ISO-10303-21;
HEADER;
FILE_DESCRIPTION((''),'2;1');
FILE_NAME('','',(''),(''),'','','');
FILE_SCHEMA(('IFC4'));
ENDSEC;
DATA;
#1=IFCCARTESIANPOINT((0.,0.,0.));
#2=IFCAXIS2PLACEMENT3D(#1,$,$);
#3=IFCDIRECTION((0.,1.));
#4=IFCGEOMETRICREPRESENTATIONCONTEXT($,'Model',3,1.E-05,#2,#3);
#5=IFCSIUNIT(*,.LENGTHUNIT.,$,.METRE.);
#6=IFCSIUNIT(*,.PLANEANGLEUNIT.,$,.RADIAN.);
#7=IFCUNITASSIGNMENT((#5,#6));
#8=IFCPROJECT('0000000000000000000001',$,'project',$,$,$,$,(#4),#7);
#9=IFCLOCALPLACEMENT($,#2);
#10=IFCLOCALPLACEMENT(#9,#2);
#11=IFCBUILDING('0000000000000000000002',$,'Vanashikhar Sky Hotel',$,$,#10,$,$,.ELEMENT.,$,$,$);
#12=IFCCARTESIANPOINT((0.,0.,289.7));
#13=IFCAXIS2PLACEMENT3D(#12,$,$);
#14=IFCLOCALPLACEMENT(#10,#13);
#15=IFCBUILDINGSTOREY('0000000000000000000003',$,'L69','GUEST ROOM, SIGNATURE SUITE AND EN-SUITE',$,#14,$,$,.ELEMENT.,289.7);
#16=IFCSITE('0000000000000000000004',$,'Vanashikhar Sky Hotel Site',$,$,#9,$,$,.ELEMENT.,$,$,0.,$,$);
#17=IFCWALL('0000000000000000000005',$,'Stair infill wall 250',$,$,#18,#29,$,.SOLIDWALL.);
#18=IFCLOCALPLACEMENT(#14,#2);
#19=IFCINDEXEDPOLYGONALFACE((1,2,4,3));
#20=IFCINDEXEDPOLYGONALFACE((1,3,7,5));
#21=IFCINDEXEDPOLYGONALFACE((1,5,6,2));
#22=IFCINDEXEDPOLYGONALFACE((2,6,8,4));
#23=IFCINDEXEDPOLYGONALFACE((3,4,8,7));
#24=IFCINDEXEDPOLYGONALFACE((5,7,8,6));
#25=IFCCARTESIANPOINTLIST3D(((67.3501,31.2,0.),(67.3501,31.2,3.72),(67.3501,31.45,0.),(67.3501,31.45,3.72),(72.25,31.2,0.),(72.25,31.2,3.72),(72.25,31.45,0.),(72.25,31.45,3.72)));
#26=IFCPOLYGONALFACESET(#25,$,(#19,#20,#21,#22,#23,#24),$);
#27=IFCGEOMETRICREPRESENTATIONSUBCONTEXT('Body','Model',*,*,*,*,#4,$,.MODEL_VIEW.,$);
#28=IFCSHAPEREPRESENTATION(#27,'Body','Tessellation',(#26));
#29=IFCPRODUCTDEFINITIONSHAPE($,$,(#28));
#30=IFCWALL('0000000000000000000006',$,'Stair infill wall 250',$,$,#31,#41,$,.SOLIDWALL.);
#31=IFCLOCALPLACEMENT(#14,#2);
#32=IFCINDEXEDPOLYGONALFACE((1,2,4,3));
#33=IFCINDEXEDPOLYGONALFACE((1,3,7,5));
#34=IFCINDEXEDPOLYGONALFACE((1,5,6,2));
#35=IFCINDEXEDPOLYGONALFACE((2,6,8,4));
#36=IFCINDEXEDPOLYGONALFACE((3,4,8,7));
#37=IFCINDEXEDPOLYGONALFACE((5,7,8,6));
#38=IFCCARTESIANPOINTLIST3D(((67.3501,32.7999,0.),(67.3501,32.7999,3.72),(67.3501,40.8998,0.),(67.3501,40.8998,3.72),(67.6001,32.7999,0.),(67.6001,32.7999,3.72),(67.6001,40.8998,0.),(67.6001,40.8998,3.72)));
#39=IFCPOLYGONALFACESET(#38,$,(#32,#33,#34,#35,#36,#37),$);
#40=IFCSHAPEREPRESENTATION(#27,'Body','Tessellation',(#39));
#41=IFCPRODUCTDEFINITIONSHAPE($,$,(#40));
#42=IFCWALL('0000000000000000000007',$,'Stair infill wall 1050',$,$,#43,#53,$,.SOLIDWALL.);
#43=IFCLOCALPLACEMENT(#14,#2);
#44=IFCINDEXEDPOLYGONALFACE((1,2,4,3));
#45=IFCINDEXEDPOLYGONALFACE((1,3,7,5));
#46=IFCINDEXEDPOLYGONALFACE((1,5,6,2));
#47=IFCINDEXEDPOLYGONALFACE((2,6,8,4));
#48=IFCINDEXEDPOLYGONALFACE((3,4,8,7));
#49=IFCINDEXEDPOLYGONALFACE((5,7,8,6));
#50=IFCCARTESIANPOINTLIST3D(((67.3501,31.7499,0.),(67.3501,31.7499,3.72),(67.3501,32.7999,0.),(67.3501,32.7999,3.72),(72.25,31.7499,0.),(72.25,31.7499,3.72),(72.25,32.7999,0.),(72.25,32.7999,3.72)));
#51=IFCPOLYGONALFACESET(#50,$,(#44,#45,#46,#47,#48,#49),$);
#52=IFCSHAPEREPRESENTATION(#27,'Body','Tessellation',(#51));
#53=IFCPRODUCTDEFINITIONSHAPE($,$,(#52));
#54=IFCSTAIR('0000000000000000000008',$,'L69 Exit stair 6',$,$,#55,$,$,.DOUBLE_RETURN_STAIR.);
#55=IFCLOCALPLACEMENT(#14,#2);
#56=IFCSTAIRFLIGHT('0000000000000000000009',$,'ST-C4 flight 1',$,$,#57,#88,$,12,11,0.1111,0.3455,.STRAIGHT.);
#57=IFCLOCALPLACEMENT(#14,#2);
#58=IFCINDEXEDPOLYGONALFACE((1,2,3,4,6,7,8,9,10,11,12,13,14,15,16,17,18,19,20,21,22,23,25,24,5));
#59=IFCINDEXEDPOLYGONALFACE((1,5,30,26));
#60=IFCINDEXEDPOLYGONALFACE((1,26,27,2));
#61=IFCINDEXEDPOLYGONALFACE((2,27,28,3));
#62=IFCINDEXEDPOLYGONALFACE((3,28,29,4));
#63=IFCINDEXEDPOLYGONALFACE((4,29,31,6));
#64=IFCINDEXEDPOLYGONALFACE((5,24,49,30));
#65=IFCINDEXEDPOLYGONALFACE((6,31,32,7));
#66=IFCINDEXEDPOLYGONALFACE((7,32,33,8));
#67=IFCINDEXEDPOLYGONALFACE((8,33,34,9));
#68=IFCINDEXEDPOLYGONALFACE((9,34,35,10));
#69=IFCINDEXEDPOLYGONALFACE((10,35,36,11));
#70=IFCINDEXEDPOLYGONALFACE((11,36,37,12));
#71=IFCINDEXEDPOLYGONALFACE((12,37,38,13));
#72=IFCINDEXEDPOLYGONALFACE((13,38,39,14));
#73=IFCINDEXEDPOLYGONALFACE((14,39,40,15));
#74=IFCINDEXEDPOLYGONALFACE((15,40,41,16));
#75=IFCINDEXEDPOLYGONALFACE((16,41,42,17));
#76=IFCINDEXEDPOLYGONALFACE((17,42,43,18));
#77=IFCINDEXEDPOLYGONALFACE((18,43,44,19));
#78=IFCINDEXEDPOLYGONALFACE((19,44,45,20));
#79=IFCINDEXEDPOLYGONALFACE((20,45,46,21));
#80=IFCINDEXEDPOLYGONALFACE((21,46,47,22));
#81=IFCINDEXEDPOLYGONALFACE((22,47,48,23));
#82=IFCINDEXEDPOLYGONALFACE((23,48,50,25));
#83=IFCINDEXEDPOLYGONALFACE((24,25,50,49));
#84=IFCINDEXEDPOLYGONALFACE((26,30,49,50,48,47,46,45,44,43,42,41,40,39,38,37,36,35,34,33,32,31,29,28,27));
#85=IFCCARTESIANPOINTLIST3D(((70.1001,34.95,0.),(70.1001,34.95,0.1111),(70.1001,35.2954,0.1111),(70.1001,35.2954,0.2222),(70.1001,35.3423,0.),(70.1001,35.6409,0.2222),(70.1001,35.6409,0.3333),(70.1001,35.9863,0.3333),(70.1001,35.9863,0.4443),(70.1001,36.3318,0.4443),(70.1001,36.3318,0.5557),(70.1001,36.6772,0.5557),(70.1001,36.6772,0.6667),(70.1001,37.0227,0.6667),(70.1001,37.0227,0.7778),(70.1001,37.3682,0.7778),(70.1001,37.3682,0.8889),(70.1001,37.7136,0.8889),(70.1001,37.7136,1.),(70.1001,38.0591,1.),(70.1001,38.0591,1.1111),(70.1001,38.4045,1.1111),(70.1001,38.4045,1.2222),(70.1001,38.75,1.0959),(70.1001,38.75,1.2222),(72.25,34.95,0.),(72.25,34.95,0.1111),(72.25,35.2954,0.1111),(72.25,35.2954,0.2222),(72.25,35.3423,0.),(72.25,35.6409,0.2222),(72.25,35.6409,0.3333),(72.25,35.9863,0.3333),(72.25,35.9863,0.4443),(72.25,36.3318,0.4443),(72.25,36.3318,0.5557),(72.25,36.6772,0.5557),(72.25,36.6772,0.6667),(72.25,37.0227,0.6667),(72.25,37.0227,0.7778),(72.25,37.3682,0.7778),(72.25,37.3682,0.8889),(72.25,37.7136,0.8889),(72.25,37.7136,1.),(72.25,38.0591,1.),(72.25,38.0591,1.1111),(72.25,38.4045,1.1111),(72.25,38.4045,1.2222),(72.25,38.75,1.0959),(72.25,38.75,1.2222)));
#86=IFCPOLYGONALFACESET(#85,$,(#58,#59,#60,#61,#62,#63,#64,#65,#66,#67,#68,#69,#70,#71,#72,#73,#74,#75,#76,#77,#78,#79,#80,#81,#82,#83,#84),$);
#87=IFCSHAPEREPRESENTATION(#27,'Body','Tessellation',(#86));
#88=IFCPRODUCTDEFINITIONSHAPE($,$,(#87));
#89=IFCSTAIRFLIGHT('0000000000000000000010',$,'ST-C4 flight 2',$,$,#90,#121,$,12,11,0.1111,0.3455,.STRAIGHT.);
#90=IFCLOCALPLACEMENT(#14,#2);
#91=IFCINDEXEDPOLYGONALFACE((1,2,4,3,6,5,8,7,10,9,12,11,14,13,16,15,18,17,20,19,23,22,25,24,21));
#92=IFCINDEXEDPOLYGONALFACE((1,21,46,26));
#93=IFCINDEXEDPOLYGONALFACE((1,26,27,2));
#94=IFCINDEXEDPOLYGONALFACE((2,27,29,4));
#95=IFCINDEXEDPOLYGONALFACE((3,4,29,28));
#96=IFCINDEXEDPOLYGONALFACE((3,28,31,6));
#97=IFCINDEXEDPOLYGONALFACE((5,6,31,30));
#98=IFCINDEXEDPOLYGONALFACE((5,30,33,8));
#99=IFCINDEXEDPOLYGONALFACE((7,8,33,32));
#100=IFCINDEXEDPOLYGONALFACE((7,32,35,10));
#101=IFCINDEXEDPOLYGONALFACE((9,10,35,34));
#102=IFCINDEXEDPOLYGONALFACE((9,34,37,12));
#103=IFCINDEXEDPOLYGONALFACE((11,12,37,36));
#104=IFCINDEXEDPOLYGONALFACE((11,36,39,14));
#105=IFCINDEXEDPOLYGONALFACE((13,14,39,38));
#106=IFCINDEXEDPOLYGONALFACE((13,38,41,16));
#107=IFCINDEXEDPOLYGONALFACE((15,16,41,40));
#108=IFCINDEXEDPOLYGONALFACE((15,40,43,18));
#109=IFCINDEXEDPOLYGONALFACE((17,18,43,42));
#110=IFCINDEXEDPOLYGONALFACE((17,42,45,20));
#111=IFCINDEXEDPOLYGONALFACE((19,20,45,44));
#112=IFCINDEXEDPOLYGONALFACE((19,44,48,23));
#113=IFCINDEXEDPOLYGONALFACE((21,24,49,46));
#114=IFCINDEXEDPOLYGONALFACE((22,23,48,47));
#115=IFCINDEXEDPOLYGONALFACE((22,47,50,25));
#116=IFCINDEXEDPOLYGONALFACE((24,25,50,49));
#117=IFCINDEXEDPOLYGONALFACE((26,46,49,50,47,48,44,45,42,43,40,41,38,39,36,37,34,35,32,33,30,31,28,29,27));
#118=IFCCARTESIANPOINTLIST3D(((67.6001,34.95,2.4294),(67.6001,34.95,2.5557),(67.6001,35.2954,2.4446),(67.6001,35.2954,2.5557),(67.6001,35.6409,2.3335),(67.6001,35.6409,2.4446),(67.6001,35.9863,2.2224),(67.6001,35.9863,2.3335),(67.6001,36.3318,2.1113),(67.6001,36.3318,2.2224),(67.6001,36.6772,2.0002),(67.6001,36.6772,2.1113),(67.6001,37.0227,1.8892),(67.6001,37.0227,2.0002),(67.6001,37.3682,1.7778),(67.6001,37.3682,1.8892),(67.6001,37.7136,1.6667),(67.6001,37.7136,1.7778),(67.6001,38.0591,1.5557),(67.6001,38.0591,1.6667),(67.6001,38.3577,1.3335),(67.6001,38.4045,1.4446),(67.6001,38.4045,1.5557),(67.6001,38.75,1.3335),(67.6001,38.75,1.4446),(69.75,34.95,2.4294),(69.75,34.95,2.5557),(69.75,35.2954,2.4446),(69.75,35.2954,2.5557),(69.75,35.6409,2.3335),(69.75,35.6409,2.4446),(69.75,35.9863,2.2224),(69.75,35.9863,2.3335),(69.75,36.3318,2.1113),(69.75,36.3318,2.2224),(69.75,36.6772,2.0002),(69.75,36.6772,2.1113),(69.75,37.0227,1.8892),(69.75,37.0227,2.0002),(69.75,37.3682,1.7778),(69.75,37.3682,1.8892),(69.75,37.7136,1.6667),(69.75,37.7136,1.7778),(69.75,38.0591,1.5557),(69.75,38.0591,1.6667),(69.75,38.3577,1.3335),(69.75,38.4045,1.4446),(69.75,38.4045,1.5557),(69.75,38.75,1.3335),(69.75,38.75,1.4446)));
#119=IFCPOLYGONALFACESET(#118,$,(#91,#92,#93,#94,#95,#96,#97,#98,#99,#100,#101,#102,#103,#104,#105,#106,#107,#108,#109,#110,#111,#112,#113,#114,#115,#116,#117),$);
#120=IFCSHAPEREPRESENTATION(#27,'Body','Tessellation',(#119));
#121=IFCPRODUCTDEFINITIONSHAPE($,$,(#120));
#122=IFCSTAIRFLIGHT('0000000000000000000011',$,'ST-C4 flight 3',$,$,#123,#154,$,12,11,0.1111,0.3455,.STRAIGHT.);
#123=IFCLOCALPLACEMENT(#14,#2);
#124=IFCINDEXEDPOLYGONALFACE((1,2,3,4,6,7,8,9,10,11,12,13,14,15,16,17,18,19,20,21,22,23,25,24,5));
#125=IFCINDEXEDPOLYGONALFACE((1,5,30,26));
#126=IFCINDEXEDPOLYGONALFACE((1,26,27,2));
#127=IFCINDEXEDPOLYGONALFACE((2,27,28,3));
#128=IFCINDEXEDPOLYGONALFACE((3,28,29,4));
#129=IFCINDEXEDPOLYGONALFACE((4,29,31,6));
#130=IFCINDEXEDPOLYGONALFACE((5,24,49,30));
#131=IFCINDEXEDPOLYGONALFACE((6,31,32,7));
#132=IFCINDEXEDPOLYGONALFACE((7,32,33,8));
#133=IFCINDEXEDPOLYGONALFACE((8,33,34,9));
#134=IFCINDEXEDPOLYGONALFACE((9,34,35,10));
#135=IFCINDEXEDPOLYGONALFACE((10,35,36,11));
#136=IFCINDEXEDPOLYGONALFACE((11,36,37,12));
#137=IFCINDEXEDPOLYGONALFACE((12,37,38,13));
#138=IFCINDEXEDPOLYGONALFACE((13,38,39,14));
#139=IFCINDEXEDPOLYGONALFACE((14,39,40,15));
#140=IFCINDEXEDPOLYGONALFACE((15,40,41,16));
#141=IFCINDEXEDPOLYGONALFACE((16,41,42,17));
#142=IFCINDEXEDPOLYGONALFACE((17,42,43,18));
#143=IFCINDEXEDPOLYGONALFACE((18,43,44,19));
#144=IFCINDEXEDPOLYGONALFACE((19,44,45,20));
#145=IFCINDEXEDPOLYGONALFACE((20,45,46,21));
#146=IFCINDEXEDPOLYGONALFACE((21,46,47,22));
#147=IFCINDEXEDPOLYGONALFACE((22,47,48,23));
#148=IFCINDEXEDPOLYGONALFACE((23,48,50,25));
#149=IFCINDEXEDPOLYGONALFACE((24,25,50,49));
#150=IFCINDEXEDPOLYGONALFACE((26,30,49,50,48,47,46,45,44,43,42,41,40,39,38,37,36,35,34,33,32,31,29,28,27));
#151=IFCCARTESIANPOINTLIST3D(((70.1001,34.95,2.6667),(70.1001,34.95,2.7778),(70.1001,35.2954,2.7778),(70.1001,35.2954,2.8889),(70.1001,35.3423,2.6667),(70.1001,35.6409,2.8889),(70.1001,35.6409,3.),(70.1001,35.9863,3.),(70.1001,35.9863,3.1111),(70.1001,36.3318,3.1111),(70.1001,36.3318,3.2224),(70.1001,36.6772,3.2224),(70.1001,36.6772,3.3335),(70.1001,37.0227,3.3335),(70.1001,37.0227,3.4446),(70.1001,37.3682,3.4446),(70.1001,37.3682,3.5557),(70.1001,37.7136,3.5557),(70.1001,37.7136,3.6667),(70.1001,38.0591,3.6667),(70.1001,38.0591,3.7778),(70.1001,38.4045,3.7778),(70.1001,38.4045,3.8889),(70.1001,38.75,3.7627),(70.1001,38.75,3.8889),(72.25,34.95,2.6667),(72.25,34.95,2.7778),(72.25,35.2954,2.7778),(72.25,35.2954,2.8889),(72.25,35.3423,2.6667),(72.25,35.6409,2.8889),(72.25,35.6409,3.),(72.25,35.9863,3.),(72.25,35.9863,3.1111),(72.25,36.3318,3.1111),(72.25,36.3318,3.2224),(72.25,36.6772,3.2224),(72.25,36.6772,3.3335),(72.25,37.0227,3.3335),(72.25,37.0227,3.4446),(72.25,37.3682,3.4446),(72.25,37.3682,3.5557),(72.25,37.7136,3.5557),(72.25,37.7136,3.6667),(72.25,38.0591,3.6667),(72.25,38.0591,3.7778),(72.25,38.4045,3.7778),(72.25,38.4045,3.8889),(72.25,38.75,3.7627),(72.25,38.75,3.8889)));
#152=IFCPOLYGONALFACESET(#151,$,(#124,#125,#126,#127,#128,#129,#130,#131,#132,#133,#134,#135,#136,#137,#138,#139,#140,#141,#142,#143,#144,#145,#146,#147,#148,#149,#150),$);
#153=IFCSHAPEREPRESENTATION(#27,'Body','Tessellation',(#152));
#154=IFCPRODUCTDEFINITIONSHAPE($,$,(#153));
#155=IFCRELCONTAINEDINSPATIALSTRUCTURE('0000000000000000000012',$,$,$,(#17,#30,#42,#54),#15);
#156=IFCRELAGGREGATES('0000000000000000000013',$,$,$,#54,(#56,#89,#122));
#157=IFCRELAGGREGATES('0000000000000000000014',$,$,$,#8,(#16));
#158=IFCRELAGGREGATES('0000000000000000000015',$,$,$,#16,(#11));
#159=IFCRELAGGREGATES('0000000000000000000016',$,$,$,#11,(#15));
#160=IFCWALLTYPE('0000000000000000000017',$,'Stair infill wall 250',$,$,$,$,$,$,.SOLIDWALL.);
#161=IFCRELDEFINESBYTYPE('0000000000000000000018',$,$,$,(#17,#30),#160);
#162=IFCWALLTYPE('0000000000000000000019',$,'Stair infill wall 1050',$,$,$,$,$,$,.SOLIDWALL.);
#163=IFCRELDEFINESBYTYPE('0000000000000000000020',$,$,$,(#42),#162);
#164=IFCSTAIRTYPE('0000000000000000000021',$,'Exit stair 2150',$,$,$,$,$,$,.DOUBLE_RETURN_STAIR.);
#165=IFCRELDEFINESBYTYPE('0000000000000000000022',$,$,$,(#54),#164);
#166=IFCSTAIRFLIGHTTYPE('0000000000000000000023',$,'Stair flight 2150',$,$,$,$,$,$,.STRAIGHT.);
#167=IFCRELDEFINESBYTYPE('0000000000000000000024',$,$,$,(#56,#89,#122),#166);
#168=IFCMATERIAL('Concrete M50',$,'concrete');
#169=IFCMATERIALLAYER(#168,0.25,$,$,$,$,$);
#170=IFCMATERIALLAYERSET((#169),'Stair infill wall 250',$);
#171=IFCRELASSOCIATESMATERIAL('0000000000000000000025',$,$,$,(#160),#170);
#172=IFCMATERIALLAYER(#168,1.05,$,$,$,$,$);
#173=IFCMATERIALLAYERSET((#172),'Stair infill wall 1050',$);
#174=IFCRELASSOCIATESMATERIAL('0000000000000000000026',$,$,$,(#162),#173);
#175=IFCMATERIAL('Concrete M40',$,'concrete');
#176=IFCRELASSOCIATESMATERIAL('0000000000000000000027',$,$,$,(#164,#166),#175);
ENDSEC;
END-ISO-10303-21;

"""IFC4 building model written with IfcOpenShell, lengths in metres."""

from ifc_helpers import new_model, si_unit, direction, frame, frame_2d, origin, place, context, subcontext, project, spatial, polyline, rectangle, outline, extrude, source, transform, mapped, material, layer, layer_set, type_object, element, aggregate, save


model = new_model("IFC4")

# Units and contexts
model_context = context("Model", 3, precision=1e-05, world=origin(), true_north=direction((0.0, 1.0)))
body_context = subcontext(model_context, "Body", "Model", "MODEL_VIEW")
ifc_project = project(units=[si_unit("LENGTHUNIT", "METRE"), si_unit("PLANEANGLEUNIT", "RADIAN")], contexts=[model_context])

# Site, building, storey
site_placement = place(None, origin())
site = spatial("IfcSite", under=ifc_project, at=site_placement, Name="Vanashikhar Sky Hotel Site", CompositionType="ELEMENT", RefElevation=0.0)
building_placement = place(site_placement, origin())
building = spatial("IfcBuilding", under=site, at=building_placement, Name="Vanashikhar Sky Hotel", CompositionType="ELEMENT")
storey_placement = place(building_placement, frame((0.0, 0.0, 289.7)))
storey = spatial("IfcBuildingStorey", under=building, at=storey_placement, Name="L69", Description="GUEST ROOM, SIGNATURE SUITE AND EN-SUITE", CompositionType="ELEMENT", Elevation=289.7)

# Shared definitions
ifc_material_1 = material(Name="Concrete M50", Category="concrete")

# Shared definitions
ifc_material_2 = material(Name="Concrete M40", Category="concrete")

# Walls
ifc_layer_1 = layer(ifc_material_1, 0.25)
ifc_layer_set_1 = layer_set([ifc_layer_1], Name="Stair infill wall 250")
wall_type_1 = type_object("IfcWallType", Name="Stair infill wall 250", PredefinedType="SOLIDWALL", material=ifc_layer_set_1)
shared_shape_1 = source(origin(), body_context, "Body", "SweptSolid", [
    extrude(rectangle(XDim=4.8999, YDim=0.25, at=frame_2d((2.45, 0.0))), origin(), (0.0, 0.0, 1.0), 3.72),
])
wall_1_placement = place(storey_placement, frame((67.3501, 31.325, 0.0), z_axis=(0.0, 0.0, 1.0), x_axis=(1.0, 0.0, 0.0)))
element("IfcWall", 1, at=wall_1_placement, inside=storey, type_object=wall_type_1, Name="Stair infill wall 250", PredefinedType="SOLIDWALL", context=body_context, shape_type="MappedRepresentation", body=[
    mapped(shared_shape_1, transform((0.0, 0.0, 0.0), scale=1.0)),
])
shared_shape_2 = source(origin(), body_context, "Body", "SweptSolid", [
    extrude(rectangle(XDim=8.0999, YDim=0.25, at=frame_2d((4.0498, 0.0))), origin(), (0.0, 0.0, 1.0), 3.72),
])
wall_2_placement = place(storey_placement, frame((67.4751, 32.8, 0.0), z_axis=(0.0, 0.0, 1.0), x_axis=(0.0, 1.0, 0.0)))
element("IfcWall", 2, at=wall_2_placement, inside=storey, type_object=wall_type_1, Name="Stair infill wall 250", PredefinedType="SOLIDWALL", context=body_context, shape_type="MappedRepresentation", body=[
    mapped(shared_shape_2, transform((0.0, 0.0, 0.0), scale=1.0)),
])
ifc_layer_2 = layer(ifc_material_1, 1.05)
ifc_layer_set_2 = layer_set([ifc_layer_2], Name="Stair infill wall 1050")
wall_type_2 = type_object("IfcWallType", Name="Stair infill wall 1050", PredefinedType="SOLIDWALL", material=ifc_layer_set_2)
shared_shape_3 = source(origin(), body_context, "Body", "SweptSolid", [
    extrude(rectangle(XDim=4.8999, YDim=1.05, at=frame_2d((2.45, 0.0))), origin(), (0.0, 0.0, 1.0), 3.72),
])
wall_3_placement = place(storey_placement, frame((67.3501, 32.2749, 0.0), z_axis=(0.0, 0.0, 1.0), x_axis=(1.0, 0.0, 0.0)))
element("IfcWall", 3, at=wall_3_placement, inside=storey, type_object=wall_type_2, Name="Stair infill wall 1050", PredefinedType="SOLIDWALL", context=body_context, shape_type="MappedRepresentation", body=[
    mapped(shared_shape_3, transform((0.0, 0.0, 0.0), scale=1.0)),
])

# Stair, stair flights
stair_type = type_object("IfcStairType", Name="Exit stair 2150", PredefinedType="DOUBLE_RETURN_STAIR", material=ifc_material_2)
stair_placement = place(storey_placement, origin())
stair = element("IfcStair", 4, at=stair_placement, inside=storey, type_object=stair_type, Name="L69 Exit stair 6", PredefinedType="DOUBLE_RETURN_STAIR")
stair_flight_type = type_object("IfcStairFlightType", Name="Stair flight 2150", PredefinedType="STRAIGHT", material=ifc_material_2)
shared_shape_4 = source(origin(), body_context, "Body", "SweptSolid", [
    extrude(outline(polyline([(0.0, 0.0), (0.0, 0.1111), (0.3455, 0.1111), (0.3455, 0.2222), (0.6909, 0.2222), (0.6909, 0.3333), (1.0364, 0.3333), (1.0364, 0.4443), (1.3818, 0.4443), (1.3818, 0.5557), (1.7273, 0.5557), (1.7273, 0.6667), (2.0728, 0.6667), (2.0728, 0.7778), (2.4182, 0.7778), (2.4182, 0.8889), (2.7637, 0.8889), (2.7637, 1.0), (3.1091, 1.0), (3.1091, 1.1111), (3.4546, 1.1111), (3.4546, 1.2222), (3.8, 1.2222), (3.8, 1.3333), (3.8, 1.0959), (0.3923, 0.0), (0.0, 0.0)])), frame((0.0, 1.075, 0.0), z_axis=(0.0, -1.0, 0.0), x_axis=(1.0, 0.0, 0.0)), (0.0, 0.0, 1.0), 2.1499),
])
stair_flight_1_placement = place(storey_placement, frame((71.175, 34.95, 0.0), z_axis=(0.0, 0.0, 1.0), x_axis=(0.0, 1.0, 0.0)))
stair_flight_1 = element("IfcStairFlight", 5, at=stair_flight_1_placement, type_object=stair_flight_type, Name="ST-C4 flight 1", NumberOfRisers=12, NumberOfTreads=11, PredefinedType="STRAIGHT", RiserHeight=0.1111, TreadLength=0.3455, context=body_context, shape_type="MappedRepresentation", body=[
    mapped(shared_shape_4, transform((0.0, 0.0, 0.0), scale=1.0)),
])
stair_flight_2_placement = place(storey_placement, frame((68.675, 38.75, 1.3335), z_axis=(0.0, 0.0, 1.0), x_axis=(0.0, -1.0, 0.0)))
stair_flight_2 = element("IfcStairFlight", 6, at=stair_flight_2_placement, type_object=stair_flight_type, Name="ST-C4 flight 2", NumberOfRisers=12, NumberOfTreads=11, PredefinedType="STRAIGHT", RiserHeight=0.1111, TreadLength=0.3455, context=body_context, shape_type="MappedRepresentation", body=[
    mapped(shared_shape_4, transform((0.0, 0.0, 0.0), scale=1.0)),
])
stair_flight_3_placement = place(storey_placement, frame((71.175, 34.95, 2.6667), z_axis=(0.0, 0.0, 1.0), x_axis=(0.0, 1.0, 0.0)))
stair_flight_3 = element("IfcStairFlight", 7, at=stair_flight_3_placement, type_object=stair_flight_type, Name="ST-C4 flight 3", NumberOfRisers=12, NumberOfTreads=11, PredefinedType="STRAIGHT", RiserHeight=0.1111, TreadLength=0.3455, context=body_context, shape_type="MappedRepresentation", body=[
    mapped(shared_shape_4, transform((0.0, 0.0, 0.0), scale=1.0)),
])
aggregate(stair, [stair_flight_1, stair_flight_2, stair_flight_3])

save(model, "model.ifc")
